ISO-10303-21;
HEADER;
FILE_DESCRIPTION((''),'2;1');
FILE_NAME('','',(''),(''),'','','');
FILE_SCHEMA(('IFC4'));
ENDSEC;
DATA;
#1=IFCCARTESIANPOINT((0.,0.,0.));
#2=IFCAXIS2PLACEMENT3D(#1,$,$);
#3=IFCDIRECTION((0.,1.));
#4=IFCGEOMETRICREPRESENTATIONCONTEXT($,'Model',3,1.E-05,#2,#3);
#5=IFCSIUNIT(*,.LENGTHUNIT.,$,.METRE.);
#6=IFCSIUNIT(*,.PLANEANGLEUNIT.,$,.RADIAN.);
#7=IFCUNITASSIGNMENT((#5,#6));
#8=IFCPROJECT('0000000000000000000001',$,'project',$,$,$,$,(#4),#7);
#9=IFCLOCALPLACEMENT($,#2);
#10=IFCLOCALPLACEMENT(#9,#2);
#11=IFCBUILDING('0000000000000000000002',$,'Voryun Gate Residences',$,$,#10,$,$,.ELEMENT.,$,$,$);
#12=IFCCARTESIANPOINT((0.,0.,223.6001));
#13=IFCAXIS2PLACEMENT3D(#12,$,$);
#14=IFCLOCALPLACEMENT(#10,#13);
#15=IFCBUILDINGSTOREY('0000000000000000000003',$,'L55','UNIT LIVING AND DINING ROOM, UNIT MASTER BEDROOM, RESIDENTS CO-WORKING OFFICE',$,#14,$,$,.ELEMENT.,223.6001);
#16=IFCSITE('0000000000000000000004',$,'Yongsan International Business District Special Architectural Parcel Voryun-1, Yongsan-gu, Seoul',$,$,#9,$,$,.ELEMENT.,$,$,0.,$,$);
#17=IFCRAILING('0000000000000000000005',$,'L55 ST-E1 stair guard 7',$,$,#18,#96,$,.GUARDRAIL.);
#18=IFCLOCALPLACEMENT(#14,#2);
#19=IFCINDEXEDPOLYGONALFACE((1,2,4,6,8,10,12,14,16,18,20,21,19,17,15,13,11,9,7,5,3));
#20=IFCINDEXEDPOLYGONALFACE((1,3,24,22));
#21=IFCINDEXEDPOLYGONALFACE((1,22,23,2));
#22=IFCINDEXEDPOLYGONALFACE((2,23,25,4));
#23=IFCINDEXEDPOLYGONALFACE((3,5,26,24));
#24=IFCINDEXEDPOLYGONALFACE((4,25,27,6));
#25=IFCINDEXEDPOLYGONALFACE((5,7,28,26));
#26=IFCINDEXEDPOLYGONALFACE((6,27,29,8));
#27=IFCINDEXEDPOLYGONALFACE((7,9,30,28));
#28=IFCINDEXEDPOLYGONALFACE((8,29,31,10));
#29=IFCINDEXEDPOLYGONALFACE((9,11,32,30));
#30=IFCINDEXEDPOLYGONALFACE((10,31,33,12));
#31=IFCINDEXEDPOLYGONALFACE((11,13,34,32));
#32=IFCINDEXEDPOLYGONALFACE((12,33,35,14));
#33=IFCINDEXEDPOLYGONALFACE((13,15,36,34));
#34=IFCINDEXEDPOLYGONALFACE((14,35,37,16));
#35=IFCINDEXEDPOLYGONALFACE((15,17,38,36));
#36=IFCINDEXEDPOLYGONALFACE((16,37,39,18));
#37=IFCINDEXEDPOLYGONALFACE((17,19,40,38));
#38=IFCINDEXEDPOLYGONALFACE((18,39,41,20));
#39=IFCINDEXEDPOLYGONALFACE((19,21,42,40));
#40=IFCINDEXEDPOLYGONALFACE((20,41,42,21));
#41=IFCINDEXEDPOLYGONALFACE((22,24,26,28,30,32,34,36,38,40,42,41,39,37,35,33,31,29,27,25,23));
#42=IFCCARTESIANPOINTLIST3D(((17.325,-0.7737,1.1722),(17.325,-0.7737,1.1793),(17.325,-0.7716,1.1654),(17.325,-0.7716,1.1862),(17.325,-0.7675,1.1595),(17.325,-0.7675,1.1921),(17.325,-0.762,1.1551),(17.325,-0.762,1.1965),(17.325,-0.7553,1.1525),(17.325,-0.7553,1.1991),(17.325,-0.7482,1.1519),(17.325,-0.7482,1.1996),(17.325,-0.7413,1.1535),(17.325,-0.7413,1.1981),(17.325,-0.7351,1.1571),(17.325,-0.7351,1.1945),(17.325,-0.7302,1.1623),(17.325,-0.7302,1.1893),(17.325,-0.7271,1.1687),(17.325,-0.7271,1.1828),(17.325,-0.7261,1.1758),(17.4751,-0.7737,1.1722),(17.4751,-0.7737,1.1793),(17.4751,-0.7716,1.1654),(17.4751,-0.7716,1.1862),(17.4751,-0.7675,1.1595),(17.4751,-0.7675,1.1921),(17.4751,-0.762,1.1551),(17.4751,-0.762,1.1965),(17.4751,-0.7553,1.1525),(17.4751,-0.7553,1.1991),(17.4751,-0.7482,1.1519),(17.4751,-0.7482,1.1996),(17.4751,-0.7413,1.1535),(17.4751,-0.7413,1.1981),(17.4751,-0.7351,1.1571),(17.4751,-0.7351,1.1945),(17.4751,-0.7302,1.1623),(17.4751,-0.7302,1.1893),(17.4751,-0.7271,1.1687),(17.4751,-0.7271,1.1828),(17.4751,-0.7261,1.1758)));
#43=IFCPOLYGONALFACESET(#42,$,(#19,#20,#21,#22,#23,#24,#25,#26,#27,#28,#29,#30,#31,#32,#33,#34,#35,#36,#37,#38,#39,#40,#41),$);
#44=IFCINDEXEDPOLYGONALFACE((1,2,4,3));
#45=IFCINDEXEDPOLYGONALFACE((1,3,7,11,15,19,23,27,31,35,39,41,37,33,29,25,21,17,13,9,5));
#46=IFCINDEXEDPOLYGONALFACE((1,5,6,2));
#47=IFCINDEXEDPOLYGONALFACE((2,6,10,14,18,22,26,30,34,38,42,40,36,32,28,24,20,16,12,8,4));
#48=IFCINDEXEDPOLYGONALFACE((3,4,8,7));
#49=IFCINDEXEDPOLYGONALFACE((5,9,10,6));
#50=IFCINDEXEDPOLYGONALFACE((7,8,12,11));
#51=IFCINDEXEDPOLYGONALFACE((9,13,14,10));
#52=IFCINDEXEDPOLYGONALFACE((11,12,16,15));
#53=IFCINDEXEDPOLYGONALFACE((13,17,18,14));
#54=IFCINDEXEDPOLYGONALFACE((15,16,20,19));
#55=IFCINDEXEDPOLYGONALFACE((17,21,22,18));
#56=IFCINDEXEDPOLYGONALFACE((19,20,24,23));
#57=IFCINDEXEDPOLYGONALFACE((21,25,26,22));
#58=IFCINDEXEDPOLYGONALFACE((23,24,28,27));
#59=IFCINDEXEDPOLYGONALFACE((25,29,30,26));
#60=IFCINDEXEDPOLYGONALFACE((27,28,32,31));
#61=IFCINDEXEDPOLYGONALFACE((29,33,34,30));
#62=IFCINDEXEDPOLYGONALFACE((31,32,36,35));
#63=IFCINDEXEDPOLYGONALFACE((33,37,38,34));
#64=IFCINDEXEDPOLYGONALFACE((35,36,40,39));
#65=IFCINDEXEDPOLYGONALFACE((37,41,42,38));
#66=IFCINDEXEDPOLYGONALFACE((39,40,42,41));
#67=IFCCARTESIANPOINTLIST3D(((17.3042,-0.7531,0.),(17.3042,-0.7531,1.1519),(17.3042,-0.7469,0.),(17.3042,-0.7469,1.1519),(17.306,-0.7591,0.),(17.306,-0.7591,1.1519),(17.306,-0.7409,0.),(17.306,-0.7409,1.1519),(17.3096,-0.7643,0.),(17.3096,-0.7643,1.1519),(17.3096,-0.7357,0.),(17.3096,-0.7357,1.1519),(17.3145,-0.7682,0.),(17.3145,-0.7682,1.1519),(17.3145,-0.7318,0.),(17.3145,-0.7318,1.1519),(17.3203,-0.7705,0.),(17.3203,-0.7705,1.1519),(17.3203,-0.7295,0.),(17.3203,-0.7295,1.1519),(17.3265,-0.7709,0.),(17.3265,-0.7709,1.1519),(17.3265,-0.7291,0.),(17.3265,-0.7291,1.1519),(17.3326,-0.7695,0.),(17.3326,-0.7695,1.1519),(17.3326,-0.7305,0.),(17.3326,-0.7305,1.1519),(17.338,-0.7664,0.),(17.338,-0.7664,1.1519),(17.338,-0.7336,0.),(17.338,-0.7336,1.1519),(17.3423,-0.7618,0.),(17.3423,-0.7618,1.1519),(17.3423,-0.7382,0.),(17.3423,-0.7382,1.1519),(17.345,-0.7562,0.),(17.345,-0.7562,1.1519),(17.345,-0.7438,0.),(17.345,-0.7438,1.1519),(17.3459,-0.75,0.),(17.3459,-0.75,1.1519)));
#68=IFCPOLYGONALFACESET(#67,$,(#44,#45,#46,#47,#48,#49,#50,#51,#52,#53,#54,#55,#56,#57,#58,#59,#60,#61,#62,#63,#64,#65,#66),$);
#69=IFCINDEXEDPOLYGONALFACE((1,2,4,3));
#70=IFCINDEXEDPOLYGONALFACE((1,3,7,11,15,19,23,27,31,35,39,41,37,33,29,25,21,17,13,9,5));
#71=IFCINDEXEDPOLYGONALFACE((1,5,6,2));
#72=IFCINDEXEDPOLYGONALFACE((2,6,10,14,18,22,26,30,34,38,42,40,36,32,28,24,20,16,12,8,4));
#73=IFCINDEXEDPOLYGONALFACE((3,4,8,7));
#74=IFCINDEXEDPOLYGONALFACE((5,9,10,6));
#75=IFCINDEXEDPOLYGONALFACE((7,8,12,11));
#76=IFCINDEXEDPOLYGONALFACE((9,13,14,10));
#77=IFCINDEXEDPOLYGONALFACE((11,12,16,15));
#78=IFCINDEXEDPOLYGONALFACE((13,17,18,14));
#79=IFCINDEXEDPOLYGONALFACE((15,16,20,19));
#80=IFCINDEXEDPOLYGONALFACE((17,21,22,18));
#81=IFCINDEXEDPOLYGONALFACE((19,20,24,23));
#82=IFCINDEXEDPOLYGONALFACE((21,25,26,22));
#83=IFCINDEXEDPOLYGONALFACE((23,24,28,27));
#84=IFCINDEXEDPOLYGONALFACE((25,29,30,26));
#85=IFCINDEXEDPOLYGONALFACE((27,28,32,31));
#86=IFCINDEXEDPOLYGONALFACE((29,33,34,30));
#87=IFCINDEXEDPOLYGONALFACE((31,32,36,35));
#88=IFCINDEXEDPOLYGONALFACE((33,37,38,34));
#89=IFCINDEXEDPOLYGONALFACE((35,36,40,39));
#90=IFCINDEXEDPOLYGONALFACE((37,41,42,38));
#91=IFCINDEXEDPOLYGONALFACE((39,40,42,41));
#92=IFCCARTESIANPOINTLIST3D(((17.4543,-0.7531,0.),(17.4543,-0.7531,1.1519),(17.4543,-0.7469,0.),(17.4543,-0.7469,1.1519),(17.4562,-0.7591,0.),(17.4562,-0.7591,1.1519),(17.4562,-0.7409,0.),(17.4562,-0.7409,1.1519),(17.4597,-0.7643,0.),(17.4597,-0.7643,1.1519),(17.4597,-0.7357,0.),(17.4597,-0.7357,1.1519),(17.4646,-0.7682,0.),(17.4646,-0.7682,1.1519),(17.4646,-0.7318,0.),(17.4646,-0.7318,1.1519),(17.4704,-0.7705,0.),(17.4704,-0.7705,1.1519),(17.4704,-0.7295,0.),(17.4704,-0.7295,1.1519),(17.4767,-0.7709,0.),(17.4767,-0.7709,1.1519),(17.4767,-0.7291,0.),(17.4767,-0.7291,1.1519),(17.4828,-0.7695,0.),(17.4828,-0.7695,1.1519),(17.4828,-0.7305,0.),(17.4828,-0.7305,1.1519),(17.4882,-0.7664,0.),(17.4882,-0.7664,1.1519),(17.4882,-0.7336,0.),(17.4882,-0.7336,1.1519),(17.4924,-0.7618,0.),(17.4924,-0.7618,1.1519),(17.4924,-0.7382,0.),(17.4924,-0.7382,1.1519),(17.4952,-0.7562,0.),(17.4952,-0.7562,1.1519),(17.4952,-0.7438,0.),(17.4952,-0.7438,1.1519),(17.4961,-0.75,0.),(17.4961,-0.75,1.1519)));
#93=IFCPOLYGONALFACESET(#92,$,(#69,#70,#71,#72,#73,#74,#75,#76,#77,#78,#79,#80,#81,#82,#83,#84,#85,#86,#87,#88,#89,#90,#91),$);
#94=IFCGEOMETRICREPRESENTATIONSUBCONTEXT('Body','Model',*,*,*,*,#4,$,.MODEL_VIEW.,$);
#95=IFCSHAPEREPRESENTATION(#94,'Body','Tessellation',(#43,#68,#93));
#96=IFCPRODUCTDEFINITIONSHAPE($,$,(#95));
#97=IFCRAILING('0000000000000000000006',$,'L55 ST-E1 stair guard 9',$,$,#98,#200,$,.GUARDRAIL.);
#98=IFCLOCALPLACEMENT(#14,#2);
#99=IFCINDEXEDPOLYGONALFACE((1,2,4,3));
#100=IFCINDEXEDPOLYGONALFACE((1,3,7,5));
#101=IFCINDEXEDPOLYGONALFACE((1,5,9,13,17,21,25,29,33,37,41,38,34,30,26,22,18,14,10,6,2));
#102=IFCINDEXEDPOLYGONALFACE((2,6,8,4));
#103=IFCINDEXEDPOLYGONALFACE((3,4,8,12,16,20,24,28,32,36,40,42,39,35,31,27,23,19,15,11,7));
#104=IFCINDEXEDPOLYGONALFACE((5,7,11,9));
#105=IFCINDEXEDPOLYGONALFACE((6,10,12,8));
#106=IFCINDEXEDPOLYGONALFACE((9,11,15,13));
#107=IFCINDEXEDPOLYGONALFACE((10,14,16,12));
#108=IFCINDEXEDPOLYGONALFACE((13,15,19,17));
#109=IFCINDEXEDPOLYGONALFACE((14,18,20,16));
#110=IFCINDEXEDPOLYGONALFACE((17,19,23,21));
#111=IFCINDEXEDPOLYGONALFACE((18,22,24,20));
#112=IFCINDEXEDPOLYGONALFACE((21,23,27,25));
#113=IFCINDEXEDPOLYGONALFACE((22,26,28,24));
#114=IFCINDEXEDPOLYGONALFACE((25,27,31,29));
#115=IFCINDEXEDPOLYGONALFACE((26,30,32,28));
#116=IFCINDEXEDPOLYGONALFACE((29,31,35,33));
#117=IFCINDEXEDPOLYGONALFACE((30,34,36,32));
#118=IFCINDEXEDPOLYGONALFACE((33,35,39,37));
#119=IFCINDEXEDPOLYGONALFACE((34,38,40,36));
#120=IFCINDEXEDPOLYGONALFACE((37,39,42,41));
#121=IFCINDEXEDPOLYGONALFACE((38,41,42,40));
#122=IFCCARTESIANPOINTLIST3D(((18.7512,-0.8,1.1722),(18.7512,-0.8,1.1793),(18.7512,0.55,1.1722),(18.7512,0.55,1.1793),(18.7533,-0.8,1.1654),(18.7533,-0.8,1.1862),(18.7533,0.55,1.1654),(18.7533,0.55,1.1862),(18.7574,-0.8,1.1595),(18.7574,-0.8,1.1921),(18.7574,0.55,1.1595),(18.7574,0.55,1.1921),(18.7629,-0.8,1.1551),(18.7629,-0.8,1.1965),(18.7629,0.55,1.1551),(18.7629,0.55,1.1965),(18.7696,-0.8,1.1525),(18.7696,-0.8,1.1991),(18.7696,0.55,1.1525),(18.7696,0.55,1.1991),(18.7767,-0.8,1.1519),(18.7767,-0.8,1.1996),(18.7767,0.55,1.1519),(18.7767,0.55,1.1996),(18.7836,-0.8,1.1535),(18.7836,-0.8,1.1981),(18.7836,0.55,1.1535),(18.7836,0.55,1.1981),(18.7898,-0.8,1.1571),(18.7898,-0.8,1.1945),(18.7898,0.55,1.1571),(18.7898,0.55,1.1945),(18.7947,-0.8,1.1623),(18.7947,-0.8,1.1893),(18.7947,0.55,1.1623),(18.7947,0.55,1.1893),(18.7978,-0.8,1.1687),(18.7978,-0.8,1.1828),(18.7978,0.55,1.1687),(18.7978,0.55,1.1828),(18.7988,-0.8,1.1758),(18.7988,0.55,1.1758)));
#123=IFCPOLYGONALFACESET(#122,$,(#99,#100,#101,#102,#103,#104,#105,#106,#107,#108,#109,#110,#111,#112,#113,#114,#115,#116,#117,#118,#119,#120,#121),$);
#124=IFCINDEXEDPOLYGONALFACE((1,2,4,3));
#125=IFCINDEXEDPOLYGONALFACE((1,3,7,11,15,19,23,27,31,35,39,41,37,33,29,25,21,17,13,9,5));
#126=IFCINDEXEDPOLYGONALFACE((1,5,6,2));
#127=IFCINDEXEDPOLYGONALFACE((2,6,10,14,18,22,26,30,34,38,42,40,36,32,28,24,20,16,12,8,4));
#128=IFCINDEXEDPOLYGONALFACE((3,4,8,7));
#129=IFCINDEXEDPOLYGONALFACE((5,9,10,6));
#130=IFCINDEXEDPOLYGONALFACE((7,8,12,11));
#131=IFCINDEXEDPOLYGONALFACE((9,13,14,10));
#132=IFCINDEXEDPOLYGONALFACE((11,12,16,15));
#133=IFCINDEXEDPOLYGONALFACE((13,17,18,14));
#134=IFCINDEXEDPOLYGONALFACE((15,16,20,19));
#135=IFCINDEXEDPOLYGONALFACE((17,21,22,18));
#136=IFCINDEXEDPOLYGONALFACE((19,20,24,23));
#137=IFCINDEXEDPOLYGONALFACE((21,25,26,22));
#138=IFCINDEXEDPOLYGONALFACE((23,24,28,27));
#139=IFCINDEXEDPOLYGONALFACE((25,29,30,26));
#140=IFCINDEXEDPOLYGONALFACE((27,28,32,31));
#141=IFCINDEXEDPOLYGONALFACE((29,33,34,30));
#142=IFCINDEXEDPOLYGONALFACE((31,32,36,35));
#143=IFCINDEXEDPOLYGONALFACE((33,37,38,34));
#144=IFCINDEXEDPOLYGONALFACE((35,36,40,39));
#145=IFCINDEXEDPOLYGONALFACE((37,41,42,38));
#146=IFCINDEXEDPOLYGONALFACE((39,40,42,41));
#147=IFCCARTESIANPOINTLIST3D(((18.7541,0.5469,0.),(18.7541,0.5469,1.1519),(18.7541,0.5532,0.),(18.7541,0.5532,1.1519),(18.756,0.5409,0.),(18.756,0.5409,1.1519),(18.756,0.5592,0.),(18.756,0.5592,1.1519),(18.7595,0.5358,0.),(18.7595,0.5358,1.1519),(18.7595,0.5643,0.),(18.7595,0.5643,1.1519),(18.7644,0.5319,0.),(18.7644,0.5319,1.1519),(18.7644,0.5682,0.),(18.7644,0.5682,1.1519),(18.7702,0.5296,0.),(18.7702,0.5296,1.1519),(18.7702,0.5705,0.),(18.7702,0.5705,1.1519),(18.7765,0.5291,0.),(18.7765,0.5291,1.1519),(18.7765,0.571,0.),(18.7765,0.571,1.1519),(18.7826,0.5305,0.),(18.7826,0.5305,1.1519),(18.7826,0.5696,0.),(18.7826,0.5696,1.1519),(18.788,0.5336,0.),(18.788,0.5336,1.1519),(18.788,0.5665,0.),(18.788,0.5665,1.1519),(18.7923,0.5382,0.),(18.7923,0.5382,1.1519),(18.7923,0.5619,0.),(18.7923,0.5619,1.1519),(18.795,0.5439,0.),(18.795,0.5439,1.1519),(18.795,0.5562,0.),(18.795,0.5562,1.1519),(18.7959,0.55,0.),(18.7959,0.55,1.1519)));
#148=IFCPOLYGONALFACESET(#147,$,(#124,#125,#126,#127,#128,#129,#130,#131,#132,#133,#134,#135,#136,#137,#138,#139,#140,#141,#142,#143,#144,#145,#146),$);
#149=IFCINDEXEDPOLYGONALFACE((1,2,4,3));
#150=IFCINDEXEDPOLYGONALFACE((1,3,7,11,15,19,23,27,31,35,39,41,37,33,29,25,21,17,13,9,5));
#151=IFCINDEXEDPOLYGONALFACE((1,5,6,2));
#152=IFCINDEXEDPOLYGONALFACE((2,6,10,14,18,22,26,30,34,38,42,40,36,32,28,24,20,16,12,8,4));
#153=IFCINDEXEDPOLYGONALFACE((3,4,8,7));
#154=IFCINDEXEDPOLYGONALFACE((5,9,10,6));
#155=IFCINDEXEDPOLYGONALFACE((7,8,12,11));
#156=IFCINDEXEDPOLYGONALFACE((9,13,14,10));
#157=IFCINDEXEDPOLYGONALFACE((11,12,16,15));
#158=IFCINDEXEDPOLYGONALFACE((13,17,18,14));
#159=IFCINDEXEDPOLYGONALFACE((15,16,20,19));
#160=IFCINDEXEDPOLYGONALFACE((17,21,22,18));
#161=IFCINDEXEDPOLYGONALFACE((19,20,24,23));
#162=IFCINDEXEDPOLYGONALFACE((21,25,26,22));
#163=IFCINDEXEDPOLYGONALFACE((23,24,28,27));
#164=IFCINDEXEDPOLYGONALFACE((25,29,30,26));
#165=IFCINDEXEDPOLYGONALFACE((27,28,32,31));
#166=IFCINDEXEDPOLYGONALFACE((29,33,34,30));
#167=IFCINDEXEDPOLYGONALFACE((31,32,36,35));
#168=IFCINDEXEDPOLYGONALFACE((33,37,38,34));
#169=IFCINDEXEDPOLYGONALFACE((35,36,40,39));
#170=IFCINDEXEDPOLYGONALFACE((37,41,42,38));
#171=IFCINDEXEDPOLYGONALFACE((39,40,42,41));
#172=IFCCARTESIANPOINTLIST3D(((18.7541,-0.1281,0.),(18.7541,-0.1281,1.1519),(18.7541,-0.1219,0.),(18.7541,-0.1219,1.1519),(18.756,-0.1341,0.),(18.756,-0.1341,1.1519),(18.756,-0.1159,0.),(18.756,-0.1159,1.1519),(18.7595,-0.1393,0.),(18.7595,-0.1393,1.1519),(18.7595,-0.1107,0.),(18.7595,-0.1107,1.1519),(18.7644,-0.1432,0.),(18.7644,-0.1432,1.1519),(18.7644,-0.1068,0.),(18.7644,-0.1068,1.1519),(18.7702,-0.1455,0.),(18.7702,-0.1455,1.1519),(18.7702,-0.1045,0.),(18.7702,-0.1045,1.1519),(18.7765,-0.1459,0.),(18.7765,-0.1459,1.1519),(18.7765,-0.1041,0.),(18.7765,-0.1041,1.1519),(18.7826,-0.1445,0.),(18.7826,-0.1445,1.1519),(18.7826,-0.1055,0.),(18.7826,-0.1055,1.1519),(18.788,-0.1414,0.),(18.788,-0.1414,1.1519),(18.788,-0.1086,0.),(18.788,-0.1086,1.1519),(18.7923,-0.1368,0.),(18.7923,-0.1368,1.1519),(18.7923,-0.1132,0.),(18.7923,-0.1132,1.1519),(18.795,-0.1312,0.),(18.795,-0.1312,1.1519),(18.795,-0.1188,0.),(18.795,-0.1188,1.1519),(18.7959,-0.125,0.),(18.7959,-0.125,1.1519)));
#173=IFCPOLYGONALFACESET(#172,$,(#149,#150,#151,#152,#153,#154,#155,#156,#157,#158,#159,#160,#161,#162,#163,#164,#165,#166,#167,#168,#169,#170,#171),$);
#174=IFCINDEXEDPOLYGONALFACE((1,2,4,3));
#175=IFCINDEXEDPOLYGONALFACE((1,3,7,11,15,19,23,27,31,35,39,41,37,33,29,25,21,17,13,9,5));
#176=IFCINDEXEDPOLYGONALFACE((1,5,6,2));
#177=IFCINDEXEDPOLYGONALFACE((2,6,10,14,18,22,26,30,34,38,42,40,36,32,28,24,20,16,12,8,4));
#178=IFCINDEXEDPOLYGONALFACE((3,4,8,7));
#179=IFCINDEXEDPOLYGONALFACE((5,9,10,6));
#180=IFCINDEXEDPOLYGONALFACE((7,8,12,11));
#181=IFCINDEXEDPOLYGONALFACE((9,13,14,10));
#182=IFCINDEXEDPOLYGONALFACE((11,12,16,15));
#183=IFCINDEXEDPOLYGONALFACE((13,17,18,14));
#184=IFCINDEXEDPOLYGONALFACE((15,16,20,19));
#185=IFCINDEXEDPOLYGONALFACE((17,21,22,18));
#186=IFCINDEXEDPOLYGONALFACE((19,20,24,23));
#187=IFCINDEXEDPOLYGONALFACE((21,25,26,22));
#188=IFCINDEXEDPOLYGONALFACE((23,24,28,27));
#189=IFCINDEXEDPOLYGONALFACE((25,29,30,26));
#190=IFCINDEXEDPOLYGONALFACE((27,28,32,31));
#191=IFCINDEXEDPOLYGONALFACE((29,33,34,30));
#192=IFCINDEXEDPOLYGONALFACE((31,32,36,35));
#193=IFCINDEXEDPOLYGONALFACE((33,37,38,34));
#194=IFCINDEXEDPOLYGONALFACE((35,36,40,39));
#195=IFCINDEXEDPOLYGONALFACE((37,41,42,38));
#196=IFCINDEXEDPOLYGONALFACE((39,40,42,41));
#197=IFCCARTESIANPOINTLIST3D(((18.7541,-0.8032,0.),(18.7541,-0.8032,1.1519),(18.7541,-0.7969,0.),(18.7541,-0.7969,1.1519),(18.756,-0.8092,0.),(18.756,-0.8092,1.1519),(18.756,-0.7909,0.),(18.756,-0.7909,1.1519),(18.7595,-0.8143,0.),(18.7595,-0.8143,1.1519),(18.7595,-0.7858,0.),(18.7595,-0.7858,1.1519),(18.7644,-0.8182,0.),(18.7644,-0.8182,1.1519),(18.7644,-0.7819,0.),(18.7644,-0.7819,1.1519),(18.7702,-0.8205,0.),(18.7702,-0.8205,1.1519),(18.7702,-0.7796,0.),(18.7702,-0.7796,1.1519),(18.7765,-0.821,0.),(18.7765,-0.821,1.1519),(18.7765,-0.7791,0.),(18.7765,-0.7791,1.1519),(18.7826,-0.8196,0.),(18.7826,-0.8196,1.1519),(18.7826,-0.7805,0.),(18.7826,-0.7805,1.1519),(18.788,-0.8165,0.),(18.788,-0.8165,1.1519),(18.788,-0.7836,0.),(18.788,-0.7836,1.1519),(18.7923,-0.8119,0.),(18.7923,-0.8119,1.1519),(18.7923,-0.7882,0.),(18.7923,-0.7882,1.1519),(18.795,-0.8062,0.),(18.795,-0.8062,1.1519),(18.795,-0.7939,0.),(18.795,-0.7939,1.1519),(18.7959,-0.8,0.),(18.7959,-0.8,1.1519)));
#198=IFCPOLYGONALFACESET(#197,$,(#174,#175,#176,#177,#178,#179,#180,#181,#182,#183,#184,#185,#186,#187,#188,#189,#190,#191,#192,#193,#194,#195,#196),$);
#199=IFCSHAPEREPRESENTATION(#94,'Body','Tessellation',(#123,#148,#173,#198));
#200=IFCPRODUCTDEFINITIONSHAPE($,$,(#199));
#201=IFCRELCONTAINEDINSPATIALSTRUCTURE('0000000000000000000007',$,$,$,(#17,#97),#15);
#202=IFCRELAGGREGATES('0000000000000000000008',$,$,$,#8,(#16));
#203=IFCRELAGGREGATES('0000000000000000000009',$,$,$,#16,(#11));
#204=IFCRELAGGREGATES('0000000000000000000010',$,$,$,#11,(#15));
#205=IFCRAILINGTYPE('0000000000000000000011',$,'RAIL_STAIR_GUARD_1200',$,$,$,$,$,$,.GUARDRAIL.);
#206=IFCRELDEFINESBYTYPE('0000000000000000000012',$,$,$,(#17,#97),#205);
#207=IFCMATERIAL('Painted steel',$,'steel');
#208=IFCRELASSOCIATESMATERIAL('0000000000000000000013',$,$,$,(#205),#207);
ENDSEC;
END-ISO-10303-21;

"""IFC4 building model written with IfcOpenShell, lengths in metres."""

from ifc_helpers import new_model, si_unit, direction, frame, origin, origin_2d, place, context, subcontext, project, spatial, circle, extrude, material, type_object, element, save


model = new_model("IFC4")

# Units and contexts
model_context = context("Model", 3, precision=1e-05, world=origin(), true_north=direction((0.0, 1.0)))
body_context = subcontext(model_context, "Body", "Model", "MODEL_VIEW")
ifc_project = project(units=[si_unit("LENGTHUNIT", "METRE"), si_unit("PLANEANGLEUNIT", "RADIAN")], contexts=[model_context])

# Site, building, storey
site_placement = place(None, origin())
site = spatial("IfcSite", under=ifc_project, at=site_placement, Name="Yongsan International Business District Special Architectural Parcel Voryun-1, Yongsan-gu, Seoul", CompositionType="ELEMENT", RefElevation=0.0)
building_placement = place(site_placement, origin())
building = spatial("IfcBuilding", under=site, at=building_placement, Name="Voryun Gate Residences", CompositionType="ELEMENT")
storey_placement = place(building_placement, frame((0.0, 0.0, 223.6001)))
storey = spatial("IfcBuildingStorey", under=building, at=storey_placement, Name="L55", Description="UNIT LIVING AND DINING ROOM, UNIT MASTER BEDROOM, RESIDENTS CO-WORKING OFFICE", CompositionType="ELEMENT", Elevation=223.6001)

# Railings
ifc_material_1 = material(Name="Painted steel", Category="steel")
railing_type = type_object("IfcRailingType", Name="RAIL_STAIR_GUARD_1200", PredefinedType="GUARDRAIL", material=ifc_material_1)
railing_1_placement = place(storey_placement, frame((17.325, -0.75, 0.0)))
element("IfcRailing", 1, at=railing_1_placement, inside=storey, type_object=railing_type, Name="L55 ST-E1 stair guard 7", PredefinedType="GUARDRAIL", context=body_context, shape_type="SweptSolid", body=[
    extrude(circle(Radius=0.0239, at=origin_2d()), frame((0.0, 0.0, 1.1758), z_axis=(1.0, 0.0, 0.0), x_axis=(0.0, 1.0, 0.0)), (0.0, 0.0, 1.0), 0.1501),
    extrude(circle(Radius=0.021, at=origin_2d()), origin(), (0.0, 0.0, 1.0), 1.1519),
    extrude(circle(Radius=0.021, at=origin_2d()), frame((0.1501, 0.0, 0.0)), (0.0, 0.0, 1.0), 1.1519),
])
railing_2_placement = place(storey_placement, frame((18.7749, 0.55, 0.0)))
element("IfcRailing", 2, at=railing_2_placement, inside=storey, type_object=railing_type, Name="L55 ST-E1 stair guard 9", PredefinedType="GUARDRAIL", context=body_context, shape_type="SweptSolid", body=[
    extrude(circle(Radius=0.0239, at=origin_2d()), frame((0.0, 0.0, 1.1758), z_axis=(0.0, -1.0, 0.0), x_axis=(1.0, 0.0, 0.0)), (0.0, 0.0, 1.0), 1.3501),
    extrude(circle(Radius=0.021, at=origin_2d()), origin(), (0.0, 0.0, 1.0), 1.1519),
    extrude(circle(Radius=0.021, at=origin_2d()), frame((0.0, -0.675, 0.0)), (0.0, 0.0, 1.0), 1.1519),
    extrude(circle(Radius=0.021, at=origin_2d()), frame((0.0, -1.3501, 0.0)), (0.0, 0.0, 1.0), 1.1519),
])

save(model, "model.ifc")
